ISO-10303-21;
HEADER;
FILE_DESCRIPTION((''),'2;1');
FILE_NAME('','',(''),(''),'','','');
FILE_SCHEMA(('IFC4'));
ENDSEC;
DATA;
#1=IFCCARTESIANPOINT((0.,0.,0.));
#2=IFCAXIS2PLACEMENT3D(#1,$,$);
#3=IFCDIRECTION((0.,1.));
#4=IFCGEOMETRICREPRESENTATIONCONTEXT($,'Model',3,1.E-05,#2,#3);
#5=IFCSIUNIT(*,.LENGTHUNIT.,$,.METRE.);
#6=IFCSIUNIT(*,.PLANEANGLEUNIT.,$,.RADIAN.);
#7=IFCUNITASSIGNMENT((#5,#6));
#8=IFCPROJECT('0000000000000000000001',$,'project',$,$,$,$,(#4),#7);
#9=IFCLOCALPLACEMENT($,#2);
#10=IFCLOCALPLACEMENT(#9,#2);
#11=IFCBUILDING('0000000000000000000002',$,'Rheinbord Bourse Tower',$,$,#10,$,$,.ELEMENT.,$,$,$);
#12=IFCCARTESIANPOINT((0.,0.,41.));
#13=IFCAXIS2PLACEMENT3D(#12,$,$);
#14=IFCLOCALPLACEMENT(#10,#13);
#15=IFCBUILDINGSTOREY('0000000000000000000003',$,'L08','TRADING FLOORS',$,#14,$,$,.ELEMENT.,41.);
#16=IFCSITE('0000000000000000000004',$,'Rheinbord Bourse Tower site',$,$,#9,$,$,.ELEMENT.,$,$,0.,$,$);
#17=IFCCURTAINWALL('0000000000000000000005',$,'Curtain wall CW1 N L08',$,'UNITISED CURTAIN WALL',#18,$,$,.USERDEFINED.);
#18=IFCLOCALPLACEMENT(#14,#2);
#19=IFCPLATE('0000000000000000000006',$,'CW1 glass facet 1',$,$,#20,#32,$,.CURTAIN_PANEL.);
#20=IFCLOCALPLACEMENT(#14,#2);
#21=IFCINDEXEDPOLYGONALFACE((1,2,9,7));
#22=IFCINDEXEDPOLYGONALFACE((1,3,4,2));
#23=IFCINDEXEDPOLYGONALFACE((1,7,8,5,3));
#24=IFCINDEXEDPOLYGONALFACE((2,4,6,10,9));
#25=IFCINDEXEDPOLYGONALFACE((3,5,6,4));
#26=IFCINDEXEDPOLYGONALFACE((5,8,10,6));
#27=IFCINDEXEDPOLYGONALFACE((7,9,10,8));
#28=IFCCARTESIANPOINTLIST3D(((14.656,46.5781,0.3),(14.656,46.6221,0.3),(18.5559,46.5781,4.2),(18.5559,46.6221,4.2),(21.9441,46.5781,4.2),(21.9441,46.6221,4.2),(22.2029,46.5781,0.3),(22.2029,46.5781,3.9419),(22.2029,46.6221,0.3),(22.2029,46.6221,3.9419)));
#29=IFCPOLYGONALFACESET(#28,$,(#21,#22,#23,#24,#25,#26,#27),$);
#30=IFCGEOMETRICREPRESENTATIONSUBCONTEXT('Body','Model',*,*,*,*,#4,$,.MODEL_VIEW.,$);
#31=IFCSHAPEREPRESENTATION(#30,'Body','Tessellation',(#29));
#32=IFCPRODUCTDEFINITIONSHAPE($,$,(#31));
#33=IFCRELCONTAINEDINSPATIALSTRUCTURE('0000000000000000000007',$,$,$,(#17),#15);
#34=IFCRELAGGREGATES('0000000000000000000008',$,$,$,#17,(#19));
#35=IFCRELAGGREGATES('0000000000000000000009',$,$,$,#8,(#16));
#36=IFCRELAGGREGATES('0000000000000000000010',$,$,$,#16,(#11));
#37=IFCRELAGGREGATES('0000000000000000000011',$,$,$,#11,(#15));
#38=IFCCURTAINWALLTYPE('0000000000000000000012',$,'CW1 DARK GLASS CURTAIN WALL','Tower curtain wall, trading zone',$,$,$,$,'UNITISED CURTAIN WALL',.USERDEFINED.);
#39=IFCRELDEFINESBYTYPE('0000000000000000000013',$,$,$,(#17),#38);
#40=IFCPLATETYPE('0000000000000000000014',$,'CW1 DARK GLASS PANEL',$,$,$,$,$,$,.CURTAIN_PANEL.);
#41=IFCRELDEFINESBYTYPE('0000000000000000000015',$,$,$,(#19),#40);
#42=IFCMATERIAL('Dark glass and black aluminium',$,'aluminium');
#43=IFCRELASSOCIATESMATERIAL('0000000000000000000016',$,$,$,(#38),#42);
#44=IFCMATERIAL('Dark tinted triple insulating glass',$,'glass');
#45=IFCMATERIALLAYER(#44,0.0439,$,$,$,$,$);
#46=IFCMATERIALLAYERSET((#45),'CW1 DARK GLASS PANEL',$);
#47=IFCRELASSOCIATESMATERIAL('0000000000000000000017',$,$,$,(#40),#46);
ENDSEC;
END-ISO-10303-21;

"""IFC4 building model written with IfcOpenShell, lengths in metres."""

from ifc_helpers import new_model, si_unit, direction, frame, origin, place, context, subcontext, project, spatial, polyline, outline, extrude, material, layer, layer_set, type_object, element, aggregate, save


model = new_model("IFC4")

# Units and contexts
model_context = context("Model", 3, precision=1e-05, world=origin(), true_north=direction((0.0, 1.0)))
body_context = subcontext(model_context, "Body", "Model", "MODEL_VIEW")
ifc_project = project(units=[si_unit("LENGTHUNIT", "METRE"), si_unit("PLANEANGLEUNIT", "RADIAN")], contexts=[model_context])

# Site, building, storey
site_placement = place(None, origin())
site = spatial("IfcSite", under=ifc_project, at=site_placement, Name="Rheinbord Bourse Tower site", CompositionType="ELEMENT", RefElevation=0.0)
building_placement = place(site_placement, origin())
building = spatial("IfcBuilding", under=site, at=building_placement, Name="Rheinbord Bourse Tower", CompositionType="ELEMENT")
storey_placement = place(building_placement, frame((0.0, 0.0, 41.0)))
storey = spatial("IfcBuildingStorey", under=building, at=storey_placement, Name="L08", Description="TRADING FLOORS", CompositionType="ELEMENT", Elevation=41.0)

# Curtain wall
ifc_material_1 = material(Name="Dark glass and black aluminium", Category="aluminium")
curtain_wall_type = type_object("IfcCurtainWallType", Name="CW1 DARK GLASS CURTAIN WALL", Description="Tower curtain wall, trading zone", ElementType="UNITISED CURTAIN WALL", PredefinedType="USERDEFINED", material=ifc_material_1)
curtain_wall_placement = place(storey_placement, origin())
curtain_wall = element("IfcCurtainWall", 1, at=curtain_wall_placement, inside=storey, type_object=curtain_wall_type, Name="Curtain wall CW1 N L08", ObjectType="UNITISED CURTAIN WALL", PredefinedType="USERDEFINED")

# Plate
ifc_material_2 = material(Name="Dark tinted triple insulating glass", Category="glass")
ifc_layer = layer(ifc_material_2, 0.0439)
ifc_layer_set = layer_set([ifc_layer], Name="CW1 DARK GLASS PANEL")
plate_type = type_object("IfcPlateType", Name="CW1 DARK GLASS PANEL", PredefinedType="CURTAIN_PANEL", material=ifc_layer_set)
plate_1_placement = place(storey_placement, frame((22.2029, 46.6221, 0.3), z_axis=(0.0, -1.0, 0.0), x_axis=(0.0, 0.0, 1.0)))
plate_1 = element("IfcPlate", 2, at=plate_1_placement, type_object=plate_type, Name="CW1 glass facet 1", PredefinedType="CURTAIN_PANEL", context=body_context, shape_type="SweptSolid", body=[
    extrude(outline(polyline([(0.0, 0.0), (3.6418, 0.0), (3.8999, 0.2588), (3.8999, 3.647), (0.0, 7.5469), (0.0, 0.0)])), origin(), (0.0, 0.0, 1.0), 0.0439),
])
aggregate(curtain_wall, [plate_1])

save(model, "model.ifc")
